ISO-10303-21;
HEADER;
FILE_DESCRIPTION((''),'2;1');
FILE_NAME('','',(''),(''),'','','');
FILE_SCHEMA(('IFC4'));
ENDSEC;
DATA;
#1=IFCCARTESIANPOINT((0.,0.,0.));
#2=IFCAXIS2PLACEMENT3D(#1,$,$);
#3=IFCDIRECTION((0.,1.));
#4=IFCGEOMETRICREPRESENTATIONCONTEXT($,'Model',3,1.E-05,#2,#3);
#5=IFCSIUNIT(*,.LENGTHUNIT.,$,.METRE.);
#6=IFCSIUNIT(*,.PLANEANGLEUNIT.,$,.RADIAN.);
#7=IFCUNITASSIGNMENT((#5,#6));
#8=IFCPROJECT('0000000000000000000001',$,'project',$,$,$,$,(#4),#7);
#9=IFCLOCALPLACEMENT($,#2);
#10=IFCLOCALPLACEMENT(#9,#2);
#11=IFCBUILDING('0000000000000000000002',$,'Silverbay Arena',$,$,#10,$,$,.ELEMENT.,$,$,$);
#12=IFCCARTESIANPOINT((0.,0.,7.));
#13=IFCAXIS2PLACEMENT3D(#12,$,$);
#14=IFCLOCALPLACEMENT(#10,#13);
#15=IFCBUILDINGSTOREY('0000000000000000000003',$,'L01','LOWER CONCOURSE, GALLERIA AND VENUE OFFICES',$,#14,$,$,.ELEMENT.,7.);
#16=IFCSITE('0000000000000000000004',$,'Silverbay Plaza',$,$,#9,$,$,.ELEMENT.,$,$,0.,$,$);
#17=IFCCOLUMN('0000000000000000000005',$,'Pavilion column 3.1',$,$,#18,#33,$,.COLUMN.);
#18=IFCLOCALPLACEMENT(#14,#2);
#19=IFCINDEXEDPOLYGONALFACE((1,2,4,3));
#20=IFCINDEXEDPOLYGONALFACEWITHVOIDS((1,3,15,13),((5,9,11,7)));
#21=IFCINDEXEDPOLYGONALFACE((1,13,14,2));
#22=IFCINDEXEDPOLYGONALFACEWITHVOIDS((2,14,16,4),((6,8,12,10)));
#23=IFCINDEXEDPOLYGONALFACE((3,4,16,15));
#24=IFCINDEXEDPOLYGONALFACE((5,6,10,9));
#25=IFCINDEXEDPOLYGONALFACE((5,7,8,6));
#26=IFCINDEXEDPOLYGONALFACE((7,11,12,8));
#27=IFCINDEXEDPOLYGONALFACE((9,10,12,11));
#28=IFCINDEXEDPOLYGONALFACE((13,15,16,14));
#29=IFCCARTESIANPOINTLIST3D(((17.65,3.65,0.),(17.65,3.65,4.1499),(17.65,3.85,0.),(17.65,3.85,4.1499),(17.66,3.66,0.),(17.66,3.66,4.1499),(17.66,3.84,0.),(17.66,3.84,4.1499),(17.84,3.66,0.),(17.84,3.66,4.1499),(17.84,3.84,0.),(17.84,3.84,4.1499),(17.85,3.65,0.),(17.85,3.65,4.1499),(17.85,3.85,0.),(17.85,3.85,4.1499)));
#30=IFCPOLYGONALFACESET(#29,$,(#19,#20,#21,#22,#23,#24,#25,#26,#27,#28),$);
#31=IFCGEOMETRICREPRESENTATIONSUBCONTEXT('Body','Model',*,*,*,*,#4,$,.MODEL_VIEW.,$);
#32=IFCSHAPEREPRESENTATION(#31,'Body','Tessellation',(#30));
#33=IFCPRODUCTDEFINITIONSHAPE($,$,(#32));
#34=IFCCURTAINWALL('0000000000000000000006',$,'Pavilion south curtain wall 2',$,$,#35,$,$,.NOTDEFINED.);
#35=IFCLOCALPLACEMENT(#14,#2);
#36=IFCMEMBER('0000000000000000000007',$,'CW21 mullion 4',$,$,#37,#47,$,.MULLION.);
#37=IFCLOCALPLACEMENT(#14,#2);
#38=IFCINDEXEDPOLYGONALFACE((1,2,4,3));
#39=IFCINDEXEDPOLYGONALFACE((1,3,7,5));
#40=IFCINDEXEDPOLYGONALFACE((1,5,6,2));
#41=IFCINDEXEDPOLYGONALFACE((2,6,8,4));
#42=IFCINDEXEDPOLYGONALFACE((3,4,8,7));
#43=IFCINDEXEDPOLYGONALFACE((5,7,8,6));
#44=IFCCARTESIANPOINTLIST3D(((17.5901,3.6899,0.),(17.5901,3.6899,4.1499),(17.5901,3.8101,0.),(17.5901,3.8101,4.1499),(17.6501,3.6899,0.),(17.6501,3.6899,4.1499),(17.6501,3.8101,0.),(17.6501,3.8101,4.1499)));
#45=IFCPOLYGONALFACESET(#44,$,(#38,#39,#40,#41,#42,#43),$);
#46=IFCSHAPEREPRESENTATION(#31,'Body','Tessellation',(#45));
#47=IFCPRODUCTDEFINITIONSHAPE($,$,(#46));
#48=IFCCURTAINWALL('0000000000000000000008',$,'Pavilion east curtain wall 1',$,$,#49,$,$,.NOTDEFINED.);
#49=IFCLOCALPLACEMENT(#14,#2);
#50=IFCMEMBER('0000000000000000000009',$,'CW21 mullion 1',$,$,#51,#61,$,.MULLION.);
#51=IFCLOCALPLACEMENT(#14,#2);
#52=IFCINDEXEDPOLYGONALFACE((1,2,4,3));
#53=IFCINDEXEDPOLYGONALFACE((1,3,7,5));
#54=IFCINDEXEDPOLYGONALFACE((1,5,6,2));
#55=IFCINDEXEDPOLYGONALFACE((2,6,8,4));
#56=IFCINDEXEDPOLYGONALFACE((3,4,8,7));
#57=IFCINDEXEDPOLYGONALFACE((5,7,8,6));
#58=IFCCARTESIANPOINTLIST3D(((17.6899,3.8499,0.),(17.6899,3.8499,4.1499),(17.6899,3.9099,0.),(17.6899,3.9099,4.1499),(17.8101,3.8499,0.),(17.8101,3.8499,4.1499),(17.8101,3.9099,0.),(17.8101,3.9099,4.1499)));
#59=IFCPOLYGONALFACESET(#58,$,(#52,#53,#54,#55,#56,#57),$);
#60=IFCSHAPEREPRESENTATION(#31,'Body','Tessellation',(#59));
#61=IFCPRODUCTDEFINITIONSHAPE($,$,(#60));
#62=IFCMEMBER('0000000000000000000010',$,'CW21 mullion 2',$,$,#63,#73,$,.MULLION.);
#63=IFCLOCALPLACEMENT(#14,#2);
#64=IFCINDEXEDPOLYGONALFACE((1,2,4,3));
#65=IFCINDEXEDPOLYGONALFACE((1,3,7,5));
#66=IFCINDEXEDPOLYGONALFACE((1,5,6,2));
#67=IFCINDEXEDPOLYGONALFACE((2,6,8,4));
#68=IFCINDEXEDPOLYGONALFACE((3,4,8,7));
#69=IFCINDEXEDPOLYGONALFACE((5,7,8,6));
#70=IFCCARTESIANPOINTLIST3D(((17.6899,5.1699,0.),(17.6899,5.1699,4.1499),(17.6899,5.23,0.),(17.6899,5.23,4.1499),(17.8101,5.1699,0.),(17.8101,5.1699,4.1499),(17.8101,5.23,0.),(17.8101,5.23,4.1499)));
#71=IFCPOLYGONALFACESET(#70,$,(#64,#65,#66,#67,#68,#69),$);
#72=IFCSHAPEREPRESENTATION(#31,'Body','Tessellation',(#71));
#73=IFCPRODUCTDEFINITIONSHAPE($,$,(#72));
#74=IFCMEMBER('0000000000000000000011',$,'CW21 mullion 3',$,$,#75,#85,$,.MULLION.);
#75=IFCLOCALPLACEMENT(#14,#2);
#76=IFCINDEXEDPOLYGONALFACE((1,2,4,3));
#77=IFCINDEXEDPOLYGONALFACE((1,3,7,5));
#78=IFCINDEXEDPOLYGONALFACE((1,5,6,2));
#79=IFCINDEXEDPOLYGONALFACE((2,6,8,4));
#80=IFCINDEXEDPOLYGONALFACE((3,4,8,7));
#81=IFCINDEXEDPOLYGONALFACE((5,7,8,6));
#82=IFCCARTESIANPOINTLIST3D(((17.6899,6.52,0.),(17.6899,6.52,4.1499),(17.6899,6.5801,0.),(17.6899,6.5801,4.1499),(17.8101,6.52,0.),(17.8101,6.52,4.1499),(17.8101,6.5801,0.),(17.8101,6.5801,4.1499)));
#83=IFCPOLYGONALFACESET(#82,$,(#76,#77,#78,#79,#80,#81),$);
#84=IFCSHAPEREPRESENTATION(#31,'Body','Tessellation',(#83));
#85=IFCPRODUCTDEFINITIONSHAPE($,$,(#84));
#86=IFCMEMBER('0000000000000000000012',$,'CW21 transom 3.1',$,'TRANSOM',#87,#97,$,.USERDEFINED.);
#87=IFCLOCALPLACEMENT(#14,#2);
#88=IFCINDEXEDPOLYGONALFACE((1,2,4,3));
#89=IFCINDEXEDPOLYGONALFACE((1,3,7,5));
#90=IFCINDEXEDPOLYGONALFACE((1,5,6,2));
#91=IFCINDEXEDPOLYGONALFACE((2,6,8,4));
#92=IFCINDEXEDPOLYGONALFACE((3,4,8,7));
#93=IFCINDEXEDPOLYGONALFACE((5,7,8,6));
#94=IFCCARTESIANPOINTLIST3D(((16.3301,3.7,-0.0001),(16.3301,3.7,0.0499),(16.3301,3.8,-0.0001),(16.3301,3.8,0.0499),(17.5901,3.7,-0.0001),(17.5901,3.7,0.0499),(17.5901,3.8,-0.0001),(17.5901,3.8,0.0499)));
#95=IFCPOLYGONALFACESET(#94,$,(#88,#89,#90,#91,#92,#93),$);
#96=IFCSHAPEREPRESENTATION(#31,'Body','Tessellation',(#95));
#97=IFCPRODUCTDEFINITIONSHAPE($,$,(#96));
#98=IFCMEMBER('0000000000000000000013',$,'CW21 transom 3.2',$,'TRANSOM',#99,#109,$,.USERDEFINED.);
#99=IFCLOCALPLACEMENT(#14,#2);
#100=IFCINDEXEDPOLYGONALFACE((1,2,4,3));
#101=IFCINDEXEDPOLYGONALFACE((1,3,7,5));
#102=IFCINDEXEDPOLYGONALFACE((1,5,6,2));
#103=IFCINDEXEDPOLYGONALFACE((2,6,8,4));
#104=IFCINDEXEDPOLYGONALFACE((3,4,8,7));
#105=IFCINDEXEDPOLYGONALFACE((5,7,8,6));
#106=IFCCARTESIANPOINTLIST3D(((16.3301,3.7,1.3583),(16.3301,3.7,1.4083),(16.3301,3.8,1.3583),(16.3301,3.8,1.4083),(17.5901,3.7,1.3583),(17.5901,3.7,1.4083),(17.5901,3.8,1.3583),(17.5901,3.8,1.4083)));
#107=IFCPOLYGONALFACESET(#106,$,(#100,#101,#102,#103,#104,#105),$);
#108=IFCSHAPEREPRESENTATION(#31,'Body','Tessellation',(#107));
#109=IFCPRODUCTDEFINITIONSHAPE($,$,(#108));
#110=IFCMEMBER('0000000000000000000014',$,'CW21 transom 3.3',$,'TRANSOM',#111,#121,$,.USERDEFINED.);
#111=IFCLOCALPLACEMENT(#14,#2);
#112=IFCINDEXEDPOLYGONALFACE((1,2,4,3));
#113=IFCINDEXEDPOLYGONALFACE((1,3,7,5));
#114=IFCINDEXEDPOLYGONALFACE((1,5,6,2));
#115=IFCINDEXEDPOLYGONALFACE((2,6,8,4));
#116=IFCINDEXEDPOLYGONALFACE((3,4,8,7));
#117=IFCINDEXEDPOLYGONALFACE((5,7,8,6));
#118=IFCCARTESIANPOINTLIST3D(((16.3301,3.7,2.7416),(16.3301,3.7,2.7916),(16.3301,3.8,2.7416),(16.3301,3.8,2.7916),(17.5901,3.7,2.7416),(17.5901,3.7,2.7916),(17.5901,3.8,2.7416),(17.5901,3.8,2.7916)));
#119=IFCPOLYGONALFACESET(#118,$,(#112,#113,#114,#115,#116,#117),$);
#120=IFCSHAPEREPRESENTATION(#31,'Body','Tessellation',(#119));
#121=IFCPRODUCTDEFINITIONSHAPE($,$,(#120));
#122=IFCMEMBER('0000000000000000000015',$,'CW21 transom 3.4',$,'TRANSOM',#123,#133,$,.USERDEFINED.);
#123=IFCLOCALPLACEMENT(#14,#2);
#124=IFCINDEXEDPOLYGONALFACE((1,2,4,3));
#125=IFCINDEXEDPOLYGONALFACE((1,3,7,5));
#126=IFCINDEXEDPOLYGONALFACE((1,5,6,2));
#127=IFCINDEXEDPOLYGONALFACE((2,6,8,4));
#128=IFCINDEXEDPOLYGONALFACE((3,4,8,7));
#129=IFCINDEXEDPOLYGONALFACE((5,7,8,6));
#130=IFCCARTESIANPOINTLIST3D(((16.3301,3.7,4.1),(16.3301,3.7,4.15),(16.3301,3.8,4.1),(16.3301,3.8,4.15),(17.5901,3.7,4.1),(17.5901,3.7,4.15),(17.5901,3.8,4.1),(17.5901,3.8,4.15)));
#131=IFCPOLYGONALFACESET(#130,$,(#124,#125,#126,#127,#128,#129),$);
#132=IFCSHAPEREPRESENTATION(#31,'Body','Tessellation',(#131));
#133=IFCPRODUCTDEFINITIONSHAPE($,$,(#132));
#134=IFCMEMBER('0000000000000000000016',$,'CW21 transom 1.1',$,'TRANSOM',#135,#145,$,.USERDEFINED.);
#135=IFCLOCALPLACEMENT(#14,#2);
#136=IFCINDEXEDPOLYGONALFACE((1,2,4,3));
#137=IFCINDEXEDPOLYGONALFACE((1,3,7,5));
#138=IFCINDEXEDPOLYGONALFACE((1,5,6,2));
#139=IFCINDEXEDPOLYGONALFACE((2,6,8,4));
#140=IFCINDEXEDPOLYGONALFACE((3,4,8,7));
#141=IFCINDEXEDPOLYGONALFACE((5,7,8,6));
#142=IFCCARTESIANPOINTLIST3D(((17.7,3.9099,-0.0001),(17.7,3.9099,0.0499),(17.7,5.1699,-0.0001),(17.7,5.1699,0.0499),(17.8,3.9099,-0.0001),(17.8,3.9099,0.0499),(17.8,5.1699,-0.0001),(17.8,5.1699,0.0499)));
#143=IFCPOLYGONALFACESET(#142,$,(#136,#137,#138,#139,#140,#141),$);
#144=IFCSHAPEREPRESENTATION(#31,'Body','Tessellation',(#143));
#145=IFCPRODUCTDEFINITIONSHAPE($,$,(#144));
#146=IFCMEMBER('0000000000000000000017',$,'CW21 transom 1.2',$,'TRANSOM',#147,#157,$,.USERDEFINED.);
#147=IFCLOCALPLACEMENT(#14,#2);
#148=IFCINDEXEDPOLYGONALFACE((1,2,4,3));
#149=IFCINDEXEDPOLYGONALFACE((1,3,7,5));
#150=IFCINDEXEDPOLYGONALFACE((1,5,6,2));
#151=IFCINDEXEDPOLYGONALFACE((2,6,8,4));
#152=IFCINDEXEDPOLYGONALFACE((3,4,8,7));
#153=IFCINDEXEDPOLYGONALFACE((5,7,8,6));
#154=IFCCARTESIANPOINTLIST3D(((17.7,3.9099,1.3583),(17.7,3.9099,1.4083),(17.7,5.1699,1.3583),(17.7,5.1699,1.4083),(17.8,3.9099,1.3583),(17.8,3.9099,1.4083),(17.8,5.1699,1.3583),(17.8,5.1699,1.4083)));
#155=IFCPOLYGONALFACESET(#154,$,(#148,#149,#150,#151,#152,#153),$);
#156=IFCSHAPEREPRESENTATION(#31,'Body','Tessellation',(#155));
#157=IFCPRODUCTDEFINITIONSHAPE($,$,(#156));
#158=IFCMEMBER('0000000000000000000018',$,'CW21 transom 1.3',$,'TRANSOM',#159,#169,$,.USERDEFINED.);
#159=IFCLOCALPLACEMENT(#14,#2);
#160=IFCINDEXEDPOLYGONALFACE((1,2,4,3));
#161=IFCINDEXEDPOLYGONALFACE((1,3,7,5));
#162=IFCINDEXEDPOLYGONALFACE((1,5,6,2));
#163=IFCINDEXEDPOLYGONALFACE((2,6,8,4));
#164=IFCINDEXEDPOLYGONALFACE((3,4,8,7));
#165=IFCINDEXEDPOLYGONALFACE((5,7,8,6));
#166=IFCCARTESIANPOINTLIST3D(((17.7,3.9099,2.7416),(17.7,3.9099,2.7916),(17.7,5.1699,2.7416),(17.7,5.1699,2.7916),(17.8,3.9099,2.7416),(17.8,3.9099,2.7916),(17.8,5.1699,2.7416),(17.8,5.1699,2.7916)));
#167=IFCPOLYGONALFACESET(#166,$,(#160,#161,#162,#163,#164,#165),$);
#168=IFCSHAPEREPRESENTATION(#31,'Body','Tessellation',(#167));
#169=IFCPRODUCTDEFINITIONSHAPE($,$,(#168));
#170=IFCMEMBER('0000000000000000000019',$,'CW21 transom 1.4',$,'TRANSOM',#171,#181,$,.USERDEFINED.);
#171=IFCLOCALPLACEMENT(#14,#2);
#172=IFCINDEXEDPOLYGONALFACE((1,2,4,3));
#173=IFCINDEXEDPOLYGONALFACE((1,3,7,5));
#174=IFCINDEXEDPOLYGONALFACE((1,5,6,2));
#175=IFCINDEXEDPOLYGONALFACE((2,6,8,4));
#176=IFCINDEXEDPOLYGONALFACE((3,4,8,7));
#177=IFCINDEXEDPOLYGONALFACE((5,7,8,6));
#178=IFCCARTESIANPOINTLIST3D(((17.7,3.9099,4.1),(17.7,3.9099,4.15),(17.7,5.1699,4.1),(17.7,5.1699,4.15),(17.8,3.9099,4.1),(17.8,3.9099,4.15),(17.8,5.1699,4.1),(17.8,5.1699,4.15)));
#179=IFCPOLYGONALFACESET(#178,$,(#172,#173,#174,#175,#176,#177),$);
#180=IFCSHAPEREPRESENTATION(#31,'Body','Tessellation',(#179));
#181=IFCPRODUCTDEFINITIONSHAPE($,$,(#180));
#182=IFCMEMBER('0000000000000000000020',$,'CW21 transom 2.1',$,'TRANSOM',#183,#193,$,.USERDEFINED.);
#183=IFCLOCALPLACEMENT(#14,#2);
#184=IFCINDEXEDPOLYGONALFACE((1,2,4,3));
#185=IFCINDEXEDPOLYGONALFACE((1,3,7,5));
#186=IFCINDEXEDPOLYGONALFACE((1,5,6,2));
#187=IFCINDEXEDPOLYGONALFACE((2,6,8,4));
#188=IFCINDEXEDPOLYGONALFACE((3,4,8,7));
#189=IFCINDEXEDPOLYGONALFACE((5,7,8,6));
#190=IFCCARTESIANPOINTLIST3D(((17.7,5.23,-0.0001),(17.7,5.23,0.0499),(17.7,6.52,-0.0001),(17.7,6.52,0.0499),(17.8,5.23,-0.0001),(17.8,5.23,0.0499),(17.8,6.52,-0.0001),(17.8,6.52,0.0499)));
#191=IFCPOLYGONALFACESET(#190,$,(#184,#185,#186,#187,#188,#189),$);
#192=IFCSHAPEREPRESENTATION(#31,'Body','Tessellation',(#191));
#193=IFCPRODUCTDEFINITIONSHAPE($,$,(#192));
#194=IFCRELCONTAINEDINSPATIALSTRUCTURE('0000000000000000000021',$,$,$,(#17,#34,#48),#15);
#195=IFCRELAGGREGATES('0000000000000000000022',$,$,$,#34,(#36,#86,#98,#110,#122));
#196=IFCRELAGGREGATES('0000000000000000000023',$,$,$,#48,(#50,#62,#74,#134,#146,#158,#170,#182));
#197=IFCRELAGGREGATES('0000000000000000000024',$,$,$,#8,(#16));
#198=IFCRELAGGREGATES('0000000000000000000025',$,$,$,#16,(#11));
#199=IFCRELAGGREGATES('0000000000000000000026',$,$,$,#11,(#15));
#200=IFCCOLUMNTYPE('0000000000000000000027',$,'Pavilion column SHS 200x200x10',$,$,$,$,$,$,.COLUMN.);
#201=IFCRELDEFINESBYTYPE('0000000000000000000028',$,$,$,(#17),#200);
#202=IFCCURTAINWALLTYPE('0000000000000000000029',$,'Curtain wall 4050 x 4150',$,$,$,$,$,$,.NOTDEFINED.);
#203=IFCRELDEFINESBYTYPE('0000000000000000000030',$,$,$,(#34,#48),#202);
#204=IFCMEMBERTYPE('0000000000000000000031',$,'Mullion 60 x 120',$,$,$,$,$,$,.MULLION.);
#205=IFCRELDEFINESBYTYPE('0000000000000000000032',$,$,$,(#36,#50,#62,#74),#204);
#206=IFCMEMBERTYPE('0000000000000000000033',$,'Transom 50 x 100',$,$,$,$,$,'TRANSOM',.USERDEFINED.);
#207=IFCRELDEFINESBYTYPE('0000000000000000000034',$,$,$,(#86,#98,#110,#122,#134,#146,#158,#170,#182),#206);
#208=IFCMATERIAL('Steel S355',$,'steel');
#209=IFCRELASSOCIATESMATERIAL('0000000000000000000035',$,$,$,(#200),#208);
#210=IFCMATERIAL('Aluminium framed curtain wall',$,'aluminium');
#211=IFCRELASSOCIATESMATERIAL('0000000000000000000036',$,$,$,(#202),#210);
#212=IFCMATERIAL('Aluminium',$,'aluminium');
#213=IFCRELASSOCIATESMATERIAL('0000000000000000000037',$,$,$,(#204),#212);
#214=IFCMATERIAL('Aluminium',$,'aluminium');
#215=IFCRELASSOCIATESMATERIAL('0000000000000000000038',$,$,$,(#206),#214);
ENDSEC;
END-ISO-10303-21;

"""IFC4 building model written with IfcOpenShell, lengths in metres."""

from ifc_helpers import new_model, si_unit, direction, frame, origin, origin_2d, place, context, subcontext, project, spatial, rectangle, hollow_rectangle, extrude, material, material_profile, profile_set, type_object, element, aggregate, save


model = new_model("IFC4")

# Units and contexts
model_context = context("Model", 3, precision=1e-05, world=origin(), true_north=direction((0.0, 1.0)))
body_context = subcontext(model_context, "Body", "Model", "MODEL_VIEW")
ifc_project = project(units=[si_unit("LENGTHUNIT", "METRE"), si_unit("PLANEANGLEUNIT", "RADIAN")], contexts=[model_context])

# Site, building, storey
site_placement = place(None, origin())
site = spatial("IfcSite", under=ifc_project, at=site_placement, Name="Silverbay Plaza", CompositionType="ELEMENT", RefElevation=0.0)
building_placement = place(site_placement, origin())
building = spatial("IfcBuilding", under=site, at=building_placement, Name="Silverbay Arena", CompositionType="ELEMENT")
storey_placement = place(building_placement, frame((0.0, 0.0, 7.0)))
storey = spatial("IfcBuildingStorey", under=building, at=storey_placement, Name="L01", Description="LOWER CONCOURSE, GALLERIA AND VENUE OFFICES", CompositionType="ELEMENT", Elevation=7.0)

# Column
ifc_material_1 = material(Name="Steel S355", Category="steel")
ifc_material_profile_1 = material_profile(ifc_material_1, hollow_rectangle(XDim=0.2, YDim=0.2, WallThickness=0.01, at=origin_2d()), Name="SHS 200x200x10")
ifc_profile_set_1 = profile_set([ifc_material_profile_1], Name="Steel S355")
column_type = type_object("IfcColumnType", Name="Pavilion column SHS 200x200x10", PredefinedType="COLUMN", material=ifc_profile_set_1)
column_placement = place(storey_placement, frame((17.75, 3.75, 0.0), z_axis=(0.0, 0.0, 1.0), x_axis=(1.0, 0.0, 0.0)))
element("IfcColumn", 1, at=column_placement, inside=storey, type_object=column_type, Name="Pavilion column 3.1", PredefinedType="COLUMN", context=body_context, shape_type="SweptSolid", body=[
    extrude(hollow_rectangle(XDim=0.2, YDim=0.2, WallThickness=0.01, at=origin_2d()), origin(), (0.0, 0.0, 1.0), 4.1499),
])

# Curtain wall, member
ifc_material_2 = material(Name="Aluminium framed curtain wall", Category="aluminium")
curtain_wall_type = type_object("IfcCurtainWallType", Name="Curtain wall 4050 x 4150", PredefinedType="NOTDEFINED", material=ifc_material_2)
curtain_wall_1_placement = place(storey_placement, origin())
curtain_wall_1 = element("IfcCurtainWall", 2, at=curtain_wall_1_placement, inside=storey, type_object=curtain_wall_type, Name="Pavilion south curtain wall 2", PredefinedType="NOTDEFINED")
ifc_material_3 = material(Name="Aluminium", Category="aluminium")
ifc_material_profile_2 = material_profile(ifc_material_3, rectangle(XDim=0.1201, YDim=0.0601, at=origin_2d()), Name="Mullion 60 x 120")
ifc_profile_set_2 = profile_set([ifc_material_profile_2], Name="Aluminium")
member_type_1 = type_object("IfcMemberType", Name="Mullion 60 x 120", PredefinedType="MULLION", material=ifc_profile_set_2)
member_1_placement = place(storey_placement, frame((17.6201, 3.75, 0.0), z_axis=(0.0, 0.0, 1.0), x_axis=(0.0, 1.0, 0.0)))
member_1 = element("IfcMember", 3, at=member_1_placement, type_object=member_type_1, Name="CW21 mullion 4", PredefinedType="MULLION", context=body_context, shape_type="SweptSolid", body=[
    extrude(rectangle(XDim=0.1201, YDim=0.0601, at=origin_2d()), origin(), (0.0, 0.0, 1.0), 4.1499),
])

# Curtain wall, members
curtain_wall_2_placement = place(storey_placement, origin())
curtain_wall_2 = element("IfcCurtainWall", 4, at=curtain_wall_2_placement, inside=storey, type_object=curtain_wall_type, Name="Pavilion east curtain wall 1", PredefinedType="NOTDEFINED")
member_2_placement = place(storey_placement, frame((17.75, 3.8799, 0.0), z_axis=(0.0, 0.0, 1.0), x_axis=(-1.0, 0.0, 0.0)))
member_2 = element("IfcMember", 5, at=member_2_placement, type_object=member_type_1, Name="CW21 mullion 1", PredefinedType="MULLION", context=body_context, shape_type="SweptSolid", body=[
    extrude(rectangle(XDim=0.1201, YDim=0.0601, at=origin_2d()), origin(), (0.0, 0.0, 1.0), 4.1499),
])
member_3_placement = place(storey_placement, frame((17.75, 5.2, 0.0), z_axis=(0.0, 0.0, 1.0), x_axis=(-1.0, 0.0, 0.0)))
member_3 = element("IfcMember", 6, at=member_3_placement, type_object=member_type_1, Name="CW21 mullion 2", PredefinedType="MULLION", context=body_context, shape_type="SweptSolid", body=[
    extrude(rectangle(XDim=0.1201, YDim=0.0601, at=origin_2d()), origin(), (0.0, 0.0, 1.0), 4.1499),
])
member_4_placement = place(storey_placement, frame((17.75, 6.55, 0.0), z_axis=(0.0, 0.0, 1.0), x_axis=(-1.0, 0.0, 0.0)))
member_4 = element("IfcMember", 7, at=member_4_placement, type_object=member_type_1, Name="CW21 mullion 3", PredefinedType="MULLION", context=body_context, shape_type="SweptSolid", body=[
    extrude(rectangle(XDim=0.1201, YDim=0.0601, at=origin_2d()), origin(), (0.0, 0.0, 1.0), 4.1499),
])

# Members
ifc_material_4 = material(Name="Aluminium", Category="aluminium")
ifc_material_profile_3 = material_profile(ifc_material_4, rectangle(XDim=0.1001, YDim=0.05, at=origin_2d()), Name="Transom 50 x 100")
ifc_profile_set_3 = profile_set([ifc_material_profile_3], Name="Aluminium")
member_type_2 = type_object("IfcMemberType", Name="Transom 50 x 100", ElementType="TRANSOM", PredefinedType="USERDEFINED", material=ifc_profile_set_3)
member_5_placement = place(storey_placement, frame((16.3301, 3.75, 0.0249), z_axis=(1.0, 0.0, 0.0), x_axis=(0.0, 1.0, 0.0)))
member_5 = element("IfcMember", 8, at=member_5_placement, type_object=member_type_2, Name="CW21 transom 3.1", ObjectType="TRANSOM", PredefinedType="USERDEFINED", context=body_context, shape_type="SweptSolid", body=[
    extrude(rectangle(XDim=0.1001, YDim=0.05, at=origin_2d()), origin(), (0.0, 0.0, 1.0), 1.26),
])
member_6_placement = place(storey_placement, frame((16.3301, 3.75, 1.3833), z_axis=(1.0, 0.0, 0.0), x_axis=(0.0, 1.0, 0.0)))
member_6 = element("IfcMember", 9, at=member_6_placement, type_object=member_type_2, Name="CW21 transom 3.2", ObjectType="TRANSOM", PredefinedType="USERDEFINED", context=body_context, shape_type="SweptSolid", body=[
    extrude(rectangle(XDim=0.1001, YDim=0.05, at=origin_2d()), origin(), (0.0, 0.0, 1.0), 1.26),
])
member_7_placement = place(storey_placement, frame((16.3301, 3.75, 2.7666), z_axis=(1.0, 0.0, 0.0), x_axis=(0.0, 1.0, 0.0)))
member_7 = element("IfcMember", 10, at=member_7_placement, type_object=member_type_2, Name="CW21 transom 3.3", ObjectType="TRANSOM", PredefinedType="USERDEFINED", context=body_context, shape_type="SweptSolid", body=[
    extrude(rectangle(XDim=0.1001, YDim=0.05, at=origin_2d()), origin(), (0.0, 0.0, 1.0), 1.26),
])
member_8_placement = place(storey_placement, frame((16.3301, 3.75, 4.125), z_axis=(1.0, 0.0, 0.0), x_axis=(0.0, 1.0, 0.0)))
member_8 = element("IfcMember", 11, at=member_8_placement, type_object=member_type_2, Name="CW21 transom 3.4", ObjectType="TRANSOM", PredefinedType="USERDEFINED", context=body_context, shape_type="SweptSolid", body=[
    extrude(rectangle(XDim=0.1001, YDim=0.05, at=origin_2d()), origin(), (0.0, 0.0, 1.0), 1.26),
])
member_9_placement = place(storey_placement, frame((17.75, 3.9099, 0.0249), z_axis=(0.0, 1.0, 0.0), x_axis=(-1.0, 0.0, 0.0)))
member_9 = element("IfcMember", 12, at=member_9_placement, type_object=member_type_2, Name="CW21 transom 1.1", ObjectType="TRANSOM", PredefinedType="USERDEFINED", context=body_context, shape_type="SweptSolid", body=[
    extrude(rectangle(XDim=0.1001, YDim=0.05, at=origin_2d()), origin(), (0.0, 0.0, 1.0), 1.26),
])
member_10_placement = place(storey_placement, frame((17.75, 3.9099, 1.3833), z_axis=(0.0, 1.0, 0.0), x_axis=(-1.0, 0.0, 0.0)))
member_10 = element("IfcMember", 13, at=member_10_placement, type_object=member_type_2, Name="CW21 transom 1.2", ObjectType="TRANSOM", PredefinedType="USERDEFINED", context=body_context, shape_type="SweptSolid", body=[
    extrude(rectangle(XDim=0.1001, YDim=0.05, at=origin_2d()), origin(), (0.0, 0.0, 1.0), 1.26),
])
member_11_placement = place(storey_placement, frame((17.75, 3.9099, 2.7666), z_axis=(0.0, 1.0, 0.0), x_axis=(-1.0, 0.0, 0.0)))
member_11 = element("IfcMember", 14, at=member_11_placement, type_object=member_type_2, Name="CW21 transom 1.3", ObjectType="TRANSOM", PredefinedType="USERDEFINED", context=body_context, shape_type="SweptSolid", body=[
    extrude(rectangle(XDim=0.1001, YDim=0.05, at=origin_2d()), origin(), (0.0, 0.0, 1.0), 1.26),
])
member_12_placement = place(storey_placement, frame((17.75, 3.9099, 4.125), z_axis=(0.0, 1.0, 0.0), x_axis=(-1.0, 0.0, 0.0)))
member_12 = element("IfcMember", 15, at=member_12_placement, type_object=member_type_2, Name="CW21 transom 1.4", ObjectType="TRANSOM", PredefinedType="USERDEFINED", context=body_context, shape_type="SweptSolid", body=[
    extrude(rectangle(XDim=0.1001, YDim=0.05, at=origin_2d()), origin(), (0.0, 0.0, 1.0), 1.26),
])
member_13_placement = place(storey_placement, frame((17.75, 5.23, 0.0249), z_axis=(0.0, 1.0, 0.0), x_axis=(-1.0, 0.0, 0.0)))
member_13 = element("IfcMember", 16, at=member_13_placement, type_object=member_type_2, Name="CW21 transom 2.1", ObjectType="TRANSOM", PredefinedType="USERDEFINED", context=body_context, shape_type="SweptSolid", body=[
    extrude(rectangle(XDim=0.1001, YDim=0.05, at=origin_2d()), origin(), (0.0, 0.0, 1.0), 1.29),
])

aggregate(curtain_wall_1, [member_1, member_5, member_6, member_7, member_8])
aggregate(curtain_wall_2, [member_2, member_3, member_4, member_9, member_10, member_11, member_12, member_13])

save(model, "model.ifc")
